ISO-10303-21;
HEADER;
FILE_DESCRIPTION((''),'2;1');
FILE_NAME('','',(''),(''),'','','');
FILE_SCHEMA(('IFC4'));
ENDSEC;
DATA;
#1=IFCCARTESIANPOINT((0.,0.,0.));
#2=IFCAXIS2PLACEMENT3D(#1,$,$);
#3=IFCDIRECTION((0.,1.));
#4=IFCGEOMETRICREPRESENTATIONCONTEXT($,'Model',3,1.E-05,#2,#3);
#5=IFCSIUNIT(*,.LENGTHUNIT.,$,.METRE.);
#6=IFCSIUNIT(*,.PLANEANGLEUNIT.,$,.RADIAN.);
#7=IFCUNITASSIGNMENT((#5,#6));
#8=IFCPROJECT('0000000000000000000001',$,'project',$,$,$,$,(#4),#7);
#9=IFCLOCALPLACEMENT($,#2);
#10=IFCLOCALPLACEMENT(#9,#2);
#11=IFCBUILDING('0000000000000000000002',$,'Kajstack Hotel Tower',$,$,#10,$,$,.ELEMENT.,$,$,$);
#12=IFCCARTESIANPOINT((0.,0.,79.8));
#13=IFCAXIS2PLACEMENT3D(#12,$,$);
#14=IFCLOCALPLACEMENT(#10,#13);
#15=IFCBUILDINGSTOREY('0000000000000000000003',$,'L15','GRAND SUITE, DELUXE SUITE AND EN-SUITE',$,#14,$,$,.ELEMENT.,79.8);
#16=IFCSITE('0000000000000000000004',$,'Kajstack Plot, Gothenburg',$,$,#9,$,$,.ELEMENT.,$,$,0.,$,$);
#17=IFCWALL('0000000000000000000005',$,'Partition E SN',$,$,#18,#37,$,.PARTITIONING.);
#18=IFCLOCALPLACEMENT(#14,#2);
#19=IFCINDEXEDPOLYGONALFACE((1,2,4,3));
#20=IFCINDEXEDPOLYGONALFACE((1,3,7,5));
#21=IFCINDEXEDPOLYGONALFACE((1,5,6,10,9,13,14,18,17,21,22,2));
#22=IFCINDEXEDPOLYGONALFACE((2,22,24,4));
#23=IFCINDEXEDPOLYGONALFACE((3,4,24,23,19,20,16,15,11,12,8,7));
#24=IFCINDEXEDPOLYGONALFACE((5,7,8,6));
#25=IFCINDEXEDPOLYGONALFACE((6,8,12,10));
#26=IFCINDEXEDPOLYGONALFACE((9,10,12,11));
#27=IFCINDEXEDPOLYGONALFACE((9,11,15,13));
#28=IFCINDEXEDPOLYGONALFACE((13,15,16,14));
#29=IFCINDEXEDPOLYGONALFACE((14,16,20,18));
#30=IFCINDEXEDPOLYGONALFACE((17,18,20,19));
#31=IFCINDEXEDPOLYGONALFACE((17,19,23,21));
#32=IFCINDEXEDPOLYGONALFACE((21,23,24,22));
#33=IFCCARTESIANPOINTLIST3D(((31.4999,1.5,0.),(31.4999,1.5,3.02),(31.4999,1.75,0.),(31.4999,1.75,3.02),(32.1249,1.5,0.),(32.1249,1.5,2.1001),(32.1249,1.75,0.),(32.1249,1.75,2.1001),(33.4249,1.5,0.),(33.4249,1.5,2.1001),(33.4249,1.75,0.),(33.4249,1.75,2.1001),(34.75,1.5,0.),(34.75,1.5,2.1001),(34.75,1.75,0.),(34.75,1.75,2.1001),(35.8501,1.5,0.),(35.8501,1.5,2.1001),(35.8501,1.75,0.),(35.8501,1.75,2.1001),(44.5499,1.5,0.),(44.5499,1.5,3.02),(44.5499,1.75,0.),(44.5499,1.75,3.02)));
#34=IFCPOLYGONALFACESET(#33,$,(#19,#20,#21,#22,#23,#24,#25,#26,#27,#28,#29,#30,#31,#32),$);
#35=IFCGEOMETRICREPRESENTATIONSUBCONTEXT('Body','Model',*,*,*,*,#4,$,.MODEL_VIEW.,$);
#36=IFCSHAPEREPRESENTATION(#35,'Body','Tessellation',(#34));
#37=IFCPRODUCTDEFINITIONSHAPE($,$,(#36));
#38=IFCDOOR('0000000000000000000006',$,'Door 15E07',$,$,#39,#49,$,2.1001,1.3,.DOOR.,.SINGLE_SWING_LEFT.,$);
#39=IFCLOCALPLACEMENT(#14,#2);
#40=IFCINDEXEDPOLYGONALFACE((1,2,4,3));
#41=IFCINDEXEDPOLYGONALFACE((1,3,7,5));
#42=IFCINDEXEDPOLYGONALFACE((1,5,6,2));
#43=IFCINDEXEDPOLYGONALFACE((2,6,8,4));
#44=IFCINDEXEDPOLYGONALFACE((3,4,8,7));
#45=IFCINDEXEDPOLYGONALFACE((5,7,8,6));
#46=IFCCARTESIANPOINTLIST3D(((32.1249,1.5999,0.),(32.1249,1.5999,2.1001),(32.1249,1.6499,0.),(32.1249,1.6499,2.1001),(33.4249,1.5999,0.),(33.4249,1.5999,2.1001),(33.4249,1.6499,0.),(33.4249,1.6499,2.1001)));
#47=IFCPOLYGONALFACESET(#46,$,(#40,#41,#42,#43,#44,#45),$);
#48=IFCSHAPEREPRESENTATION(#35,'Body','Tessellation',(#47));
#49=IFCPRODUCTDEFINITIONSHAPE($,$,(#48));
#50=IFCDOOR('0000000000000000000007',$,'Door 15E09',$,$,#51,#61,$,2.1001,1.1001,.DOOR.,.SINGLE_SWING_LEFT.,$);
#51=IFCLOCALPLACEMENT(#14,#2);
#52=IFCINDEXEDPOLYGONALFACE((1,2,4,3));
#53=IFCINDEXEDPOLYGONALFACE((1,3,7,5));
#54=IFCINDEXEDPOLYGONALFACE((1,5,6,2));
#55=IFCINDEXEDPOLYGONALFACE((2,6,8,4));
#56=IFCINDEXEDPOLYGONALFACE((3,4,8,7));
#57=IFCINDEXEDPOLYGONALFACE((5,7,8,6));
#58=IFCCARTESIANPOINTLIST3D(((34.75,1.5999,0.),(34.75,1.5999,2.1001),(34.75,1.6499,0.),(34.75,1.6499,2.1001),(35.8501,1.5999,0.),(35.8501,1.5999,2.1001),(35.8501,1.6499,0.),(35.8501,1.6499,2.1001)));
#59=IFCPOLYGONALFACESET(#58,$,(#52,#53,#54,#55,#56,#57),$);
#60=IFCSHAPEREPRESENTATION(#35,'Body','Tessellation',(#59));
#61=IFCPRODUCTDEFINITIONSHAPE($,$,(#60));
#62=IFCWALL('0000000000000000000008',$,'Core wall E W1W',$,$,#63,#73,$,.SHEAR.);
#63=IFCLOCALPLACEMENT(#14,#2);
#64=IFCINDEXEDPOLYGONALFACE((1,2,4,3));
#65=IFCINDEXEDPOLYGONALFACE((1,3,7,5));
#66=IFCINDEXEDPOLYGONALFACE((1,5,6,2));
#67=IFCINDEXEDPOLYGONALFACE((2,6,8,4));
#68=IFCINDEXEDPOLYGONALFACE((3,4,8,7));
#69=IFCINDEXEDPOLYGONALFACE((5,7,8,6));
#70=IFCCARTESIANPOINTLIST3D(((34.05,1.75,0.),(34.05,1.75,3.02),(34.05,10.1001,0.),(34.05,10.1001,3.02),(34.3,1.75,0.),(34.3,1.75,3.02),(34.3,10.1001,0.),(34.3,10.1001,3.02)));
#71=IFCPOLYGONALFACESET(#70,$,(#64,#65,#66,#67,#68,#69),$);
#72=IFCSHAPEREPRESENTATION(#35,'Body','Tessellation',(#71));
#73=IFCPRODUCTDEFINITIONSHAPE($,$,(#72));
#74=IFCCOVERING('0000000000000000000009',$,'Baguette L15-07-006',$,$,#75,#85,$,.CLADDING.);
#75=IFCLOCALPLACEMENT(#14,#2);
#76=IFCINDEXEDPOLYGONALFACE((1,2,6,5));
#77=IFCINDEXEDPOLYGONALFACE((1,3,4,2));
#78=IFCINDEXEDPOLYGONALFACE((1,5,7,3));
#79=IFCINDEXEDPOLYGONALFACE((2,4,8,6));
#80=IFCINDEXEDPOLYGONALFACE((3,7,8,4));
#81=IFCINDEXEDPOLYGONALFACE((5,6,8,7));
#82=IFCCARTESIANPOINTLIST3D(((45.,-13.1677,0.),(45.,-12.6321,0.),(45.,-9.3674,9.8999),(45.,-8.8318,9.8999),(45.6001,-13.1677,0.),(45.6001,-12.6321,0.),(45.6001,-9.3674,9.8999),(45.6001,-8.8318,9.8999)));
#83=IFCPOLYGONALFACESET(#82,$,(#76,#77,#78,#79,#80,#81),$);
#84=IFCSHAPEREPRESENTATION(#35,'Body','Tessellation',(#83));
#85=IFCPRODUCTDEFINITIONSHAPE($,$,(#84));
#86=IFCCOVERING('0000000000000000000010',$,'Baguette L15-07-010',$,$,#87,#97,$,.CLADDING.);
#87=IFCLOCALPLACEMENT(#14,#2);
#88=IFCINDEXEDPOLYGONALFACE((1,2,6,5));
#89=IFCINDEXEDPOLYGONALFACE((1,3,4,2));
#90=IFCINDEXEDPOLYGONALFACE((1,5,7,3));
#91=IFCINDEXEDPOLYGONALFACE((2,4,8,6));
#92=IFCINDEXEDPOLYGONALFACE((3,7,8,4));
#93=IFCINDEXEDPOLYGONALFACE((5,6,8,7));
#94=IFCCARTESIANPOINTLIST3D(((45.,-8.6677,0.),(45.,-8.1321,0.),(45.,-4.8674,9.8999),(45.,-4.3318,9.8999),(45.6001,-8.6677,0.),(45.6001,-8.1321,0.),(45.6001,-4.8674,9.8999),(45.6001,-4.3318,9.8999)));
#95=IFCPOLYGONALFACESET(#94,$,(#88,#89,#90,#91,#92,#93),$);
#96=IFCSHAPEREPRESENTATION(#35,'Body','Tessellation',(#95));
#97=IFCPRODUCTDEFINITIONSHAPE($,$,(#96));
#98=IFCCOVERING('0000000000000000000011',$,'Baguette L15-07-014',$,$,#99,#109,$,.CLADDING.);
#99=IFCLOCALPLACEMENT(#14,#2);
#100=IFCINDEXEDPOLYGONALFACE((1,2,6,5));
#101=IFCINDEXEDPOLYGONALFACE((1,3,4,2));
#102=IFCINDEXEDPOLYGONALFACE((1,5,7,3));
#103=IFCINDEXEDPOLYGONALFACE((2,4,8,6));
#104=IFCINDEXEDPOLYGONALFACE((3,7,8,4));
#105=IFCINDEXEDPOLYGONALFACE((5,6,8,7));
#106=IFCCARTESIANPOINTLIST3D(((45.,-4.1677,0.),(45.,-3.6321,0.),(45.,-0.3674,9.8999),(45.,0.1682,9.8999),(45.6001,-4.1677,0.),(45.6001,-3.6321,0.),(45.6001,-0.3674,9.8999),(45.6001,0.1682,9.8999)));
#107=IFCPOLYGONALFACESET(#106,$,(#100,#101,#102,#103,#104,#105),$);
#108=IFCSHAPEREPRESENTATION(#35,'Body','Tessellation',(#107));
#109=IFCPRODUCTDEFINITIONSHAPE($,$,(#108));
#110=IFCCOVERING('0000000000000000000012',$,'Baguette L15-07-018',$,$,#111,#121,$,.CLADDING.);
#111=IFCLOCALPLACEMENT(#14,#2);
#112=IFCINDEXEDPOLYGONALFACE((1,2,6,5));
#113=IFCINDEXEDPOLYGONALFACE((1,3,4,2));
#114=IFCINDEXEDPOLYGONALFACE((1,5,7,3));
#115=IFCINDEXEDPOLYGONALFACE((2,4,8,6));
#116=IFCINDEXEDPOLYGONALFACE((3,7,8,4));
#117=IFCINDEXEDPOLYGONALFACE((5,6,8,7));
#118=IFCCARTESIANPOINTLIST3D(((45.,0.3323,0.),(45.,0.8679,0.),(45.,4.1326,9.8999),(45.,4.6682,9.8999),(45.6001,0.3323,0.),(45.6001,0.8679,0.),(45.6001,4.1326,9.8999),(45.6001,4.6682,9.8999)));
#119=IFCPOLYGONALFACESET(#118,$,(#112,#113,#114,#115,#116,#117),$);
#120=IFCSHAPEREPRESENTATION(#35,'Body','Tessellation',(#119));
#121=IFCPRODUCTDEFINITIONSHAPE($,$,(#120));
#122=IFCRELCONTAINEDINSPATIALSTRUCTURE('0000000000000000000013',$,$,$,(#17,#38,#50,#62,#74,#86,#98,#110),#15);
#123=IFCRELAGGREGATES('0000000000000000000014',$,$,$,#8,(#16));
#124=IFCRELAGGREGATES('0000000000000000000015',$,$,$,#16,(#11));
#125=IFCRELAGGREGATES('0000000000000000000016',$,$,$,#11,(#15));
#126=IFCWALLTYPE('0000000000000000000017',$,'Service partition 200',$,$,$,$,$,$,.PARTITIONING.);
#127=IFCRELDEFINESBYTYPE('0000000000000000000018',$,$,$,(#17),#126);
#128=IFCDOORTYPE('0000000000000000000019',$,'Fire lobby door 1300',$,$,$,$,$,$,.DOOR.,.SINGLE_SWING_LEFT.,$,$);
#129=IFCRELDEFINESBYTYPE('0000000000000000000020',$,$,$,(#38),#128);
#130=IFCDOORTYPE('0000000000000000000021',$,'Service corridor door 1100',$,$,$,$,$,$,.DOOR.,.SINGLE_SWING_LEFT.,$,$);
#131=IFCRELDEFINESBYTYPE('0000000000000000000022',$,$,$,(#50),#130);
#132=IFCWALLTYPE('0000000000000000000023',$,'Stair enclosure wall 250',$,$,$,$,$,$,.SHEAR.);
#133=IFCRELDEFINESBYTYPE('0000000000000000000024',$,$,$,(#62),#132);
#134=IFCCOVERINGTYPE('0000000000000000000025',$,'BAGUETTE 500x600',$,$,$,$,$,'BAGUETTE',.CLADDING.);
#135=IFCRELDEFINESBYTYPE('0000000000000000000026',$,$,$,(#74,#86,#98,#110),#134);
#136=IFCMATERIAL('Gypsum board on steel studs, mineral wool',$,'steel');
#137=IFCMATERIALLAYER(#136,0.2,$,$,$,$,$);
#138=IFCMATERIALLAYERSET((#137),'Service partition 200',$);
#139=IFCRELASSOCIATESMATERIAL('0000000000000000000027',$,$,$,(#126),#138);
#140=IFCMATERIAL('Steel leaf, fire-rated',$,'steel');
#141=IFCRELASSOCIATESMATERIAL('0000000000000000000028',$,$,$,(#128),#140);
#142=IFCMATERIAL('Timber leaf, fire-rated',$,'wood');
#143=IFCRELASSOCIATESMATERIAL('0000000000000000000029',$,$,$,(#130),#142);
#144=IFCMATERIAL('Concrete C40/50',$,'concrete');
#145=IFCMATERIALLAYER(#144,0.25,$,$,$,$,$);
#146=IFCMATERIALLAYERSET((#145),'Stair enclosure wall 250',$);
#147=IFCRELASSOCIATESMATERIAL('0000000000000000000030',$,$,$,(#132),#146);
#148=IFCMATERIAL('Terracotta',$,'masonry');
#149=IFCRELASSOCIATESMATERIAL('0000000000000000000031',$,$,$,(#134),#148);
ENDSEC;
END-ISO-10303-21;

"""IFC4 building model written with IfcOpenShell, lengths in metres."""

from ifc_helpers import new_model, si_unit, direction, frame, frame_2d, origin, origin_2d, place, context, subcontext, project, spatial, polyline, rectangle, outline, extrude, material, layer, layer_set, material_profile, profile_set, type_object, element, fill, save


model = new_model("IFC4")

# Units and contexts
model_context = context("Model", 3, precision=1e-05, world=origin(), true_north=direction((0.0, 1.0)))
body_context = subcontext(model_context, "Body", "Model", "MODEL_VIEW")
ifc_project = project(units=[si_unit("LENGTHUNIT", "METRE"), si_unit("PLANEANGLEUNIT", "RADIAN")], contexts=[model_context])

# Site, building, storey
site_placement = place(None, origin())
site = spatial("IfcSite", under=ifc_project, at=site_placement, Name="Kajstack Plot, Gothenburg", CompositionType="ELEMENT", RefElevation=0.0)
building_placement = place(site_placement, origin())
building = spatial("IfcBuilding", under=site, at=building_placement, Name="Kajstack Hotel Tower", CompositionType="ELEMENT")
storey_placement = place(building_placement, frame((0.0, 0.0, 79.8)))
storey = spatial("IfcBuildingStorey", under=building, at=storey_placement, Name="L15", Description="GRAND SUITE, DELUXE SUITE AND EN-SUITE", CompositionType="ELEMENT", Elevation=79.8)

# Wall, openings, doors
ifc_material_1 = material(Name="Gypsum board on steel studs, mineral wool", Category="steel")
ifc_layer_1 = layer(ifc_material_1, 0.2)
ifc_layer_set_1 = layer_set([ifc_layer_1], Name="Service partition 200")
wall_type_1 = type_object("IfcWallType", Name="Service partition 200", PredefinedType="PARTITIONING", material=ifc_layer_set_1)
wall_1_placement = place(storey_placement, frame((31.5, 1.625, 0.0), z_axis=(0.0, 0.0, 1.0), x_axis=(1.0, 0.0, 0.0)))
wall_1 = element("IfcWall", 1, at=wall_1_placement, inside=storey, type_object=wall_type_1, Name="Partition E SN", PredefinedType="PARTITIONING", context=body_context, shape_type="SweptSolid", body=[
    extrude(rectangle(XDim=13.05, YDim=0.25, at=frame_2d((6.5249, 0.0))), origin(), (0.0, 0.0, 1.0), 3.02),
])
opening_1_placement = place(wall_1_placement, frame((0.625, 0.0, 0.0)))
opening_1 = element("IfcOpeningElement", 2, at=opening_1_placement, cuts=wall_1, PredefinedType="OPENING", context=body_context, shape_type="SweptSolid", body=[
    extrude(rectangle(XDim=1.3, YDim=2.1001, at=frame_2d((0.6499, 1.05))), frame((0.0, 0.135, 0.0), z_axis=(0.0, -1.0, 0.0), x_axis=(1.0, 0.0, 0.0)), (0.0, 0.0, 1.0), 0.27),
])
opening_2_placement = place(wall_1_placement, frame((3.25, 0.0, 0.0)))
opening_2 = element("IfcOpeningElement", 3, at=opening_2_placement, cuts=wall_1, PredefinedType="OPENING", context=body_context, shape_type="SweptSolid", body=[
    extrude(rectangle(XDim=1.1001, YDim=2.1001, at=frame_2d((0.55, 1.05))), frame((0.0, 0.135, 0.0), z_axis=(0.0, -1.0, 0.0), x_axis=(1.0, 0.0, 0.0)), (0.0, 0.0, 1.0), 0.27),
])
ifc_material_2 = material(Name="Steel leaf, fire-rated", Category="steel")
door_type_1 = type_object("IfcDoorType", Name="Fire lobby door 1300", OperationType="SINGLE_SWING_LEFT", PredefinedType="DOOR", material=ifc_material_2)
door_1_placement = place(opening_1_placement, origin())
door_1 = element("IfcDoor", 4, at=door_1_placement, inside=storey, type_object=door_type_1, Name="Door 15E07", OperationType="SINGLE_SWING_LEFT", OverallHeight=2.1001, OverallWidth=1.3, PredefinedType="DOOR", context=body_context, shape_type="SweptSolid", body=[
    extrude(rectangle(XDim=1.3, YDim=2.1001, at=frame_2d((0.6499, 1.05))), frame((0.0, 0.0249, 0.0), z_axis=(0.0, -1.0, 0.0), x_axis=(1.0, 0.0, 0.0)), (0.0, 0.0, 1.0), 0.05),
])
fill(opening_1, door_1)
ifc_material_3 = material(Name="Timber leaf, fire-rated", Category="wood")
door_type_2 = type_object("IfcDoorType", Name="Service corridor door 1100", OperationType="SINGLE_SWING_LEFT", PredefinedType="DOOR", material=ifc_material_3)
door_2_placement = place(opening_2_placement, origin())
door_2 = element("IfcDoor", 5, at=door_2_placement, inside=storey, type_object=door_type_2, Name="Door 15E09", OperationType="SINGLE_SWING_LEFT", OverallHeight=2.1001, OverallWidth=1.1001, PredefinedType="DOOR", context=body_context, shape_type="SweptSolid", body=[
    extrude(rectangle(XDim=1.1001, YDim=2.1001, at=frame_2d((0.55, 1.05))), frame((0.0, 0.0249, 0.0), z_axis=(0.0, -1.0, 0.0), x_axis=(1.0, 0.0, 0.0)), (0.0, 0.0, 1.0), 0.05),
])
fill(opening_2, door_2)

# Wall
ifc_material_4 = material(Name="Concrete C40/50", Category="concrete")
ifc_layer_2 = layer(ifc_material_4, 0.25)
ifc_layer_set_2 = layer_set([ifc_layer_2], Name="Stair enclosure wall 250")
wall_type_2 = type_object("IfcWallType", Name="Stair enclosure wall 250", PredefinedType="SHEAR", material=ifc_layer_set_2)
wall_2_placement = place(storey_placement, frame((34.175, 1.75, 0.0), z_axis=(0.0, 0.0, 1.0), x_axis=(0.0, 1.0, 0.0)))
element("IfcWall", 6, at=wall_2_placement, inside=storey, type_object=wall_type_2, Name="Core wall E W1W", PredefinedType="SHEAR", context=body_context, shape_type="SweptSolid", body=[
    extrude(rectangle(XDim=8.3501, YDim=0.25, at=frame_2d((4.175, 0.0))), origin(), (0.0, 0.0, 1.0), 3.02),
])

# Coverings
ifc_material_5 = material(Name="Terracotta", Category="masonry")
ifc_material_profile = material_profile(ifc_material_5, rectangle(XDim=0.6001, YDim=0.5, at=origin_2d()), Name="Terracotta-clad concrete baguette 500 x 600")
ifc_profile_set = profile_set([ifc_material_profile], Name="Terracotta")
covering_type = type_object("IfcCoveringType", Name="BAGUETTE 500x600", ElementType="BAGUETTE", PredefinedType="CLADDING", material=ifc_profile_set)
for number, where, z_axis, x_axis, name in (
    (7, (45.0, -13.1677, 0.0), (1.0, 0.0, 0.0), (0.0, 1.0, 0.0), "Baguette L15-07-006"),
    (8, (45.0, -8.6677, 0.0), (1.0, 0.0, 0.0), (0.0, 1.0, 0.0), "Baguette L15-07-010"),
    (9, (45.0, -4.1677, 0.0), (1.0, 0.0, 0.0), (0.0, 1.0, 0.0), "Baguette L15-07-014"),
    (10, (45.0, 0.3323, 0.0), (1.0, 0.0, 0.0), (0.0, 1.0, 0.0), "Baguette L15-07-018"),
):
    element("IfcCovering", number, at=place(storey_placement, frame(where, z_axis=z_axis, x_axis=x_axis)), inside=storey, type_object=covering_type, Name=name, PredefinedType="CLADDING", context=body_context, shape_type="SweptSolid", body=[
        extrude(outline(polyline([(3.8003, 9.8999), (0.0, 0.0), (0.5356, 0.0), (4.3359, 9.8999), (3.8003, 9.8999)])), origin(), (0.0, 0.0, 1.0), 0.6001),
    ])

save(model, "model.ifc")
